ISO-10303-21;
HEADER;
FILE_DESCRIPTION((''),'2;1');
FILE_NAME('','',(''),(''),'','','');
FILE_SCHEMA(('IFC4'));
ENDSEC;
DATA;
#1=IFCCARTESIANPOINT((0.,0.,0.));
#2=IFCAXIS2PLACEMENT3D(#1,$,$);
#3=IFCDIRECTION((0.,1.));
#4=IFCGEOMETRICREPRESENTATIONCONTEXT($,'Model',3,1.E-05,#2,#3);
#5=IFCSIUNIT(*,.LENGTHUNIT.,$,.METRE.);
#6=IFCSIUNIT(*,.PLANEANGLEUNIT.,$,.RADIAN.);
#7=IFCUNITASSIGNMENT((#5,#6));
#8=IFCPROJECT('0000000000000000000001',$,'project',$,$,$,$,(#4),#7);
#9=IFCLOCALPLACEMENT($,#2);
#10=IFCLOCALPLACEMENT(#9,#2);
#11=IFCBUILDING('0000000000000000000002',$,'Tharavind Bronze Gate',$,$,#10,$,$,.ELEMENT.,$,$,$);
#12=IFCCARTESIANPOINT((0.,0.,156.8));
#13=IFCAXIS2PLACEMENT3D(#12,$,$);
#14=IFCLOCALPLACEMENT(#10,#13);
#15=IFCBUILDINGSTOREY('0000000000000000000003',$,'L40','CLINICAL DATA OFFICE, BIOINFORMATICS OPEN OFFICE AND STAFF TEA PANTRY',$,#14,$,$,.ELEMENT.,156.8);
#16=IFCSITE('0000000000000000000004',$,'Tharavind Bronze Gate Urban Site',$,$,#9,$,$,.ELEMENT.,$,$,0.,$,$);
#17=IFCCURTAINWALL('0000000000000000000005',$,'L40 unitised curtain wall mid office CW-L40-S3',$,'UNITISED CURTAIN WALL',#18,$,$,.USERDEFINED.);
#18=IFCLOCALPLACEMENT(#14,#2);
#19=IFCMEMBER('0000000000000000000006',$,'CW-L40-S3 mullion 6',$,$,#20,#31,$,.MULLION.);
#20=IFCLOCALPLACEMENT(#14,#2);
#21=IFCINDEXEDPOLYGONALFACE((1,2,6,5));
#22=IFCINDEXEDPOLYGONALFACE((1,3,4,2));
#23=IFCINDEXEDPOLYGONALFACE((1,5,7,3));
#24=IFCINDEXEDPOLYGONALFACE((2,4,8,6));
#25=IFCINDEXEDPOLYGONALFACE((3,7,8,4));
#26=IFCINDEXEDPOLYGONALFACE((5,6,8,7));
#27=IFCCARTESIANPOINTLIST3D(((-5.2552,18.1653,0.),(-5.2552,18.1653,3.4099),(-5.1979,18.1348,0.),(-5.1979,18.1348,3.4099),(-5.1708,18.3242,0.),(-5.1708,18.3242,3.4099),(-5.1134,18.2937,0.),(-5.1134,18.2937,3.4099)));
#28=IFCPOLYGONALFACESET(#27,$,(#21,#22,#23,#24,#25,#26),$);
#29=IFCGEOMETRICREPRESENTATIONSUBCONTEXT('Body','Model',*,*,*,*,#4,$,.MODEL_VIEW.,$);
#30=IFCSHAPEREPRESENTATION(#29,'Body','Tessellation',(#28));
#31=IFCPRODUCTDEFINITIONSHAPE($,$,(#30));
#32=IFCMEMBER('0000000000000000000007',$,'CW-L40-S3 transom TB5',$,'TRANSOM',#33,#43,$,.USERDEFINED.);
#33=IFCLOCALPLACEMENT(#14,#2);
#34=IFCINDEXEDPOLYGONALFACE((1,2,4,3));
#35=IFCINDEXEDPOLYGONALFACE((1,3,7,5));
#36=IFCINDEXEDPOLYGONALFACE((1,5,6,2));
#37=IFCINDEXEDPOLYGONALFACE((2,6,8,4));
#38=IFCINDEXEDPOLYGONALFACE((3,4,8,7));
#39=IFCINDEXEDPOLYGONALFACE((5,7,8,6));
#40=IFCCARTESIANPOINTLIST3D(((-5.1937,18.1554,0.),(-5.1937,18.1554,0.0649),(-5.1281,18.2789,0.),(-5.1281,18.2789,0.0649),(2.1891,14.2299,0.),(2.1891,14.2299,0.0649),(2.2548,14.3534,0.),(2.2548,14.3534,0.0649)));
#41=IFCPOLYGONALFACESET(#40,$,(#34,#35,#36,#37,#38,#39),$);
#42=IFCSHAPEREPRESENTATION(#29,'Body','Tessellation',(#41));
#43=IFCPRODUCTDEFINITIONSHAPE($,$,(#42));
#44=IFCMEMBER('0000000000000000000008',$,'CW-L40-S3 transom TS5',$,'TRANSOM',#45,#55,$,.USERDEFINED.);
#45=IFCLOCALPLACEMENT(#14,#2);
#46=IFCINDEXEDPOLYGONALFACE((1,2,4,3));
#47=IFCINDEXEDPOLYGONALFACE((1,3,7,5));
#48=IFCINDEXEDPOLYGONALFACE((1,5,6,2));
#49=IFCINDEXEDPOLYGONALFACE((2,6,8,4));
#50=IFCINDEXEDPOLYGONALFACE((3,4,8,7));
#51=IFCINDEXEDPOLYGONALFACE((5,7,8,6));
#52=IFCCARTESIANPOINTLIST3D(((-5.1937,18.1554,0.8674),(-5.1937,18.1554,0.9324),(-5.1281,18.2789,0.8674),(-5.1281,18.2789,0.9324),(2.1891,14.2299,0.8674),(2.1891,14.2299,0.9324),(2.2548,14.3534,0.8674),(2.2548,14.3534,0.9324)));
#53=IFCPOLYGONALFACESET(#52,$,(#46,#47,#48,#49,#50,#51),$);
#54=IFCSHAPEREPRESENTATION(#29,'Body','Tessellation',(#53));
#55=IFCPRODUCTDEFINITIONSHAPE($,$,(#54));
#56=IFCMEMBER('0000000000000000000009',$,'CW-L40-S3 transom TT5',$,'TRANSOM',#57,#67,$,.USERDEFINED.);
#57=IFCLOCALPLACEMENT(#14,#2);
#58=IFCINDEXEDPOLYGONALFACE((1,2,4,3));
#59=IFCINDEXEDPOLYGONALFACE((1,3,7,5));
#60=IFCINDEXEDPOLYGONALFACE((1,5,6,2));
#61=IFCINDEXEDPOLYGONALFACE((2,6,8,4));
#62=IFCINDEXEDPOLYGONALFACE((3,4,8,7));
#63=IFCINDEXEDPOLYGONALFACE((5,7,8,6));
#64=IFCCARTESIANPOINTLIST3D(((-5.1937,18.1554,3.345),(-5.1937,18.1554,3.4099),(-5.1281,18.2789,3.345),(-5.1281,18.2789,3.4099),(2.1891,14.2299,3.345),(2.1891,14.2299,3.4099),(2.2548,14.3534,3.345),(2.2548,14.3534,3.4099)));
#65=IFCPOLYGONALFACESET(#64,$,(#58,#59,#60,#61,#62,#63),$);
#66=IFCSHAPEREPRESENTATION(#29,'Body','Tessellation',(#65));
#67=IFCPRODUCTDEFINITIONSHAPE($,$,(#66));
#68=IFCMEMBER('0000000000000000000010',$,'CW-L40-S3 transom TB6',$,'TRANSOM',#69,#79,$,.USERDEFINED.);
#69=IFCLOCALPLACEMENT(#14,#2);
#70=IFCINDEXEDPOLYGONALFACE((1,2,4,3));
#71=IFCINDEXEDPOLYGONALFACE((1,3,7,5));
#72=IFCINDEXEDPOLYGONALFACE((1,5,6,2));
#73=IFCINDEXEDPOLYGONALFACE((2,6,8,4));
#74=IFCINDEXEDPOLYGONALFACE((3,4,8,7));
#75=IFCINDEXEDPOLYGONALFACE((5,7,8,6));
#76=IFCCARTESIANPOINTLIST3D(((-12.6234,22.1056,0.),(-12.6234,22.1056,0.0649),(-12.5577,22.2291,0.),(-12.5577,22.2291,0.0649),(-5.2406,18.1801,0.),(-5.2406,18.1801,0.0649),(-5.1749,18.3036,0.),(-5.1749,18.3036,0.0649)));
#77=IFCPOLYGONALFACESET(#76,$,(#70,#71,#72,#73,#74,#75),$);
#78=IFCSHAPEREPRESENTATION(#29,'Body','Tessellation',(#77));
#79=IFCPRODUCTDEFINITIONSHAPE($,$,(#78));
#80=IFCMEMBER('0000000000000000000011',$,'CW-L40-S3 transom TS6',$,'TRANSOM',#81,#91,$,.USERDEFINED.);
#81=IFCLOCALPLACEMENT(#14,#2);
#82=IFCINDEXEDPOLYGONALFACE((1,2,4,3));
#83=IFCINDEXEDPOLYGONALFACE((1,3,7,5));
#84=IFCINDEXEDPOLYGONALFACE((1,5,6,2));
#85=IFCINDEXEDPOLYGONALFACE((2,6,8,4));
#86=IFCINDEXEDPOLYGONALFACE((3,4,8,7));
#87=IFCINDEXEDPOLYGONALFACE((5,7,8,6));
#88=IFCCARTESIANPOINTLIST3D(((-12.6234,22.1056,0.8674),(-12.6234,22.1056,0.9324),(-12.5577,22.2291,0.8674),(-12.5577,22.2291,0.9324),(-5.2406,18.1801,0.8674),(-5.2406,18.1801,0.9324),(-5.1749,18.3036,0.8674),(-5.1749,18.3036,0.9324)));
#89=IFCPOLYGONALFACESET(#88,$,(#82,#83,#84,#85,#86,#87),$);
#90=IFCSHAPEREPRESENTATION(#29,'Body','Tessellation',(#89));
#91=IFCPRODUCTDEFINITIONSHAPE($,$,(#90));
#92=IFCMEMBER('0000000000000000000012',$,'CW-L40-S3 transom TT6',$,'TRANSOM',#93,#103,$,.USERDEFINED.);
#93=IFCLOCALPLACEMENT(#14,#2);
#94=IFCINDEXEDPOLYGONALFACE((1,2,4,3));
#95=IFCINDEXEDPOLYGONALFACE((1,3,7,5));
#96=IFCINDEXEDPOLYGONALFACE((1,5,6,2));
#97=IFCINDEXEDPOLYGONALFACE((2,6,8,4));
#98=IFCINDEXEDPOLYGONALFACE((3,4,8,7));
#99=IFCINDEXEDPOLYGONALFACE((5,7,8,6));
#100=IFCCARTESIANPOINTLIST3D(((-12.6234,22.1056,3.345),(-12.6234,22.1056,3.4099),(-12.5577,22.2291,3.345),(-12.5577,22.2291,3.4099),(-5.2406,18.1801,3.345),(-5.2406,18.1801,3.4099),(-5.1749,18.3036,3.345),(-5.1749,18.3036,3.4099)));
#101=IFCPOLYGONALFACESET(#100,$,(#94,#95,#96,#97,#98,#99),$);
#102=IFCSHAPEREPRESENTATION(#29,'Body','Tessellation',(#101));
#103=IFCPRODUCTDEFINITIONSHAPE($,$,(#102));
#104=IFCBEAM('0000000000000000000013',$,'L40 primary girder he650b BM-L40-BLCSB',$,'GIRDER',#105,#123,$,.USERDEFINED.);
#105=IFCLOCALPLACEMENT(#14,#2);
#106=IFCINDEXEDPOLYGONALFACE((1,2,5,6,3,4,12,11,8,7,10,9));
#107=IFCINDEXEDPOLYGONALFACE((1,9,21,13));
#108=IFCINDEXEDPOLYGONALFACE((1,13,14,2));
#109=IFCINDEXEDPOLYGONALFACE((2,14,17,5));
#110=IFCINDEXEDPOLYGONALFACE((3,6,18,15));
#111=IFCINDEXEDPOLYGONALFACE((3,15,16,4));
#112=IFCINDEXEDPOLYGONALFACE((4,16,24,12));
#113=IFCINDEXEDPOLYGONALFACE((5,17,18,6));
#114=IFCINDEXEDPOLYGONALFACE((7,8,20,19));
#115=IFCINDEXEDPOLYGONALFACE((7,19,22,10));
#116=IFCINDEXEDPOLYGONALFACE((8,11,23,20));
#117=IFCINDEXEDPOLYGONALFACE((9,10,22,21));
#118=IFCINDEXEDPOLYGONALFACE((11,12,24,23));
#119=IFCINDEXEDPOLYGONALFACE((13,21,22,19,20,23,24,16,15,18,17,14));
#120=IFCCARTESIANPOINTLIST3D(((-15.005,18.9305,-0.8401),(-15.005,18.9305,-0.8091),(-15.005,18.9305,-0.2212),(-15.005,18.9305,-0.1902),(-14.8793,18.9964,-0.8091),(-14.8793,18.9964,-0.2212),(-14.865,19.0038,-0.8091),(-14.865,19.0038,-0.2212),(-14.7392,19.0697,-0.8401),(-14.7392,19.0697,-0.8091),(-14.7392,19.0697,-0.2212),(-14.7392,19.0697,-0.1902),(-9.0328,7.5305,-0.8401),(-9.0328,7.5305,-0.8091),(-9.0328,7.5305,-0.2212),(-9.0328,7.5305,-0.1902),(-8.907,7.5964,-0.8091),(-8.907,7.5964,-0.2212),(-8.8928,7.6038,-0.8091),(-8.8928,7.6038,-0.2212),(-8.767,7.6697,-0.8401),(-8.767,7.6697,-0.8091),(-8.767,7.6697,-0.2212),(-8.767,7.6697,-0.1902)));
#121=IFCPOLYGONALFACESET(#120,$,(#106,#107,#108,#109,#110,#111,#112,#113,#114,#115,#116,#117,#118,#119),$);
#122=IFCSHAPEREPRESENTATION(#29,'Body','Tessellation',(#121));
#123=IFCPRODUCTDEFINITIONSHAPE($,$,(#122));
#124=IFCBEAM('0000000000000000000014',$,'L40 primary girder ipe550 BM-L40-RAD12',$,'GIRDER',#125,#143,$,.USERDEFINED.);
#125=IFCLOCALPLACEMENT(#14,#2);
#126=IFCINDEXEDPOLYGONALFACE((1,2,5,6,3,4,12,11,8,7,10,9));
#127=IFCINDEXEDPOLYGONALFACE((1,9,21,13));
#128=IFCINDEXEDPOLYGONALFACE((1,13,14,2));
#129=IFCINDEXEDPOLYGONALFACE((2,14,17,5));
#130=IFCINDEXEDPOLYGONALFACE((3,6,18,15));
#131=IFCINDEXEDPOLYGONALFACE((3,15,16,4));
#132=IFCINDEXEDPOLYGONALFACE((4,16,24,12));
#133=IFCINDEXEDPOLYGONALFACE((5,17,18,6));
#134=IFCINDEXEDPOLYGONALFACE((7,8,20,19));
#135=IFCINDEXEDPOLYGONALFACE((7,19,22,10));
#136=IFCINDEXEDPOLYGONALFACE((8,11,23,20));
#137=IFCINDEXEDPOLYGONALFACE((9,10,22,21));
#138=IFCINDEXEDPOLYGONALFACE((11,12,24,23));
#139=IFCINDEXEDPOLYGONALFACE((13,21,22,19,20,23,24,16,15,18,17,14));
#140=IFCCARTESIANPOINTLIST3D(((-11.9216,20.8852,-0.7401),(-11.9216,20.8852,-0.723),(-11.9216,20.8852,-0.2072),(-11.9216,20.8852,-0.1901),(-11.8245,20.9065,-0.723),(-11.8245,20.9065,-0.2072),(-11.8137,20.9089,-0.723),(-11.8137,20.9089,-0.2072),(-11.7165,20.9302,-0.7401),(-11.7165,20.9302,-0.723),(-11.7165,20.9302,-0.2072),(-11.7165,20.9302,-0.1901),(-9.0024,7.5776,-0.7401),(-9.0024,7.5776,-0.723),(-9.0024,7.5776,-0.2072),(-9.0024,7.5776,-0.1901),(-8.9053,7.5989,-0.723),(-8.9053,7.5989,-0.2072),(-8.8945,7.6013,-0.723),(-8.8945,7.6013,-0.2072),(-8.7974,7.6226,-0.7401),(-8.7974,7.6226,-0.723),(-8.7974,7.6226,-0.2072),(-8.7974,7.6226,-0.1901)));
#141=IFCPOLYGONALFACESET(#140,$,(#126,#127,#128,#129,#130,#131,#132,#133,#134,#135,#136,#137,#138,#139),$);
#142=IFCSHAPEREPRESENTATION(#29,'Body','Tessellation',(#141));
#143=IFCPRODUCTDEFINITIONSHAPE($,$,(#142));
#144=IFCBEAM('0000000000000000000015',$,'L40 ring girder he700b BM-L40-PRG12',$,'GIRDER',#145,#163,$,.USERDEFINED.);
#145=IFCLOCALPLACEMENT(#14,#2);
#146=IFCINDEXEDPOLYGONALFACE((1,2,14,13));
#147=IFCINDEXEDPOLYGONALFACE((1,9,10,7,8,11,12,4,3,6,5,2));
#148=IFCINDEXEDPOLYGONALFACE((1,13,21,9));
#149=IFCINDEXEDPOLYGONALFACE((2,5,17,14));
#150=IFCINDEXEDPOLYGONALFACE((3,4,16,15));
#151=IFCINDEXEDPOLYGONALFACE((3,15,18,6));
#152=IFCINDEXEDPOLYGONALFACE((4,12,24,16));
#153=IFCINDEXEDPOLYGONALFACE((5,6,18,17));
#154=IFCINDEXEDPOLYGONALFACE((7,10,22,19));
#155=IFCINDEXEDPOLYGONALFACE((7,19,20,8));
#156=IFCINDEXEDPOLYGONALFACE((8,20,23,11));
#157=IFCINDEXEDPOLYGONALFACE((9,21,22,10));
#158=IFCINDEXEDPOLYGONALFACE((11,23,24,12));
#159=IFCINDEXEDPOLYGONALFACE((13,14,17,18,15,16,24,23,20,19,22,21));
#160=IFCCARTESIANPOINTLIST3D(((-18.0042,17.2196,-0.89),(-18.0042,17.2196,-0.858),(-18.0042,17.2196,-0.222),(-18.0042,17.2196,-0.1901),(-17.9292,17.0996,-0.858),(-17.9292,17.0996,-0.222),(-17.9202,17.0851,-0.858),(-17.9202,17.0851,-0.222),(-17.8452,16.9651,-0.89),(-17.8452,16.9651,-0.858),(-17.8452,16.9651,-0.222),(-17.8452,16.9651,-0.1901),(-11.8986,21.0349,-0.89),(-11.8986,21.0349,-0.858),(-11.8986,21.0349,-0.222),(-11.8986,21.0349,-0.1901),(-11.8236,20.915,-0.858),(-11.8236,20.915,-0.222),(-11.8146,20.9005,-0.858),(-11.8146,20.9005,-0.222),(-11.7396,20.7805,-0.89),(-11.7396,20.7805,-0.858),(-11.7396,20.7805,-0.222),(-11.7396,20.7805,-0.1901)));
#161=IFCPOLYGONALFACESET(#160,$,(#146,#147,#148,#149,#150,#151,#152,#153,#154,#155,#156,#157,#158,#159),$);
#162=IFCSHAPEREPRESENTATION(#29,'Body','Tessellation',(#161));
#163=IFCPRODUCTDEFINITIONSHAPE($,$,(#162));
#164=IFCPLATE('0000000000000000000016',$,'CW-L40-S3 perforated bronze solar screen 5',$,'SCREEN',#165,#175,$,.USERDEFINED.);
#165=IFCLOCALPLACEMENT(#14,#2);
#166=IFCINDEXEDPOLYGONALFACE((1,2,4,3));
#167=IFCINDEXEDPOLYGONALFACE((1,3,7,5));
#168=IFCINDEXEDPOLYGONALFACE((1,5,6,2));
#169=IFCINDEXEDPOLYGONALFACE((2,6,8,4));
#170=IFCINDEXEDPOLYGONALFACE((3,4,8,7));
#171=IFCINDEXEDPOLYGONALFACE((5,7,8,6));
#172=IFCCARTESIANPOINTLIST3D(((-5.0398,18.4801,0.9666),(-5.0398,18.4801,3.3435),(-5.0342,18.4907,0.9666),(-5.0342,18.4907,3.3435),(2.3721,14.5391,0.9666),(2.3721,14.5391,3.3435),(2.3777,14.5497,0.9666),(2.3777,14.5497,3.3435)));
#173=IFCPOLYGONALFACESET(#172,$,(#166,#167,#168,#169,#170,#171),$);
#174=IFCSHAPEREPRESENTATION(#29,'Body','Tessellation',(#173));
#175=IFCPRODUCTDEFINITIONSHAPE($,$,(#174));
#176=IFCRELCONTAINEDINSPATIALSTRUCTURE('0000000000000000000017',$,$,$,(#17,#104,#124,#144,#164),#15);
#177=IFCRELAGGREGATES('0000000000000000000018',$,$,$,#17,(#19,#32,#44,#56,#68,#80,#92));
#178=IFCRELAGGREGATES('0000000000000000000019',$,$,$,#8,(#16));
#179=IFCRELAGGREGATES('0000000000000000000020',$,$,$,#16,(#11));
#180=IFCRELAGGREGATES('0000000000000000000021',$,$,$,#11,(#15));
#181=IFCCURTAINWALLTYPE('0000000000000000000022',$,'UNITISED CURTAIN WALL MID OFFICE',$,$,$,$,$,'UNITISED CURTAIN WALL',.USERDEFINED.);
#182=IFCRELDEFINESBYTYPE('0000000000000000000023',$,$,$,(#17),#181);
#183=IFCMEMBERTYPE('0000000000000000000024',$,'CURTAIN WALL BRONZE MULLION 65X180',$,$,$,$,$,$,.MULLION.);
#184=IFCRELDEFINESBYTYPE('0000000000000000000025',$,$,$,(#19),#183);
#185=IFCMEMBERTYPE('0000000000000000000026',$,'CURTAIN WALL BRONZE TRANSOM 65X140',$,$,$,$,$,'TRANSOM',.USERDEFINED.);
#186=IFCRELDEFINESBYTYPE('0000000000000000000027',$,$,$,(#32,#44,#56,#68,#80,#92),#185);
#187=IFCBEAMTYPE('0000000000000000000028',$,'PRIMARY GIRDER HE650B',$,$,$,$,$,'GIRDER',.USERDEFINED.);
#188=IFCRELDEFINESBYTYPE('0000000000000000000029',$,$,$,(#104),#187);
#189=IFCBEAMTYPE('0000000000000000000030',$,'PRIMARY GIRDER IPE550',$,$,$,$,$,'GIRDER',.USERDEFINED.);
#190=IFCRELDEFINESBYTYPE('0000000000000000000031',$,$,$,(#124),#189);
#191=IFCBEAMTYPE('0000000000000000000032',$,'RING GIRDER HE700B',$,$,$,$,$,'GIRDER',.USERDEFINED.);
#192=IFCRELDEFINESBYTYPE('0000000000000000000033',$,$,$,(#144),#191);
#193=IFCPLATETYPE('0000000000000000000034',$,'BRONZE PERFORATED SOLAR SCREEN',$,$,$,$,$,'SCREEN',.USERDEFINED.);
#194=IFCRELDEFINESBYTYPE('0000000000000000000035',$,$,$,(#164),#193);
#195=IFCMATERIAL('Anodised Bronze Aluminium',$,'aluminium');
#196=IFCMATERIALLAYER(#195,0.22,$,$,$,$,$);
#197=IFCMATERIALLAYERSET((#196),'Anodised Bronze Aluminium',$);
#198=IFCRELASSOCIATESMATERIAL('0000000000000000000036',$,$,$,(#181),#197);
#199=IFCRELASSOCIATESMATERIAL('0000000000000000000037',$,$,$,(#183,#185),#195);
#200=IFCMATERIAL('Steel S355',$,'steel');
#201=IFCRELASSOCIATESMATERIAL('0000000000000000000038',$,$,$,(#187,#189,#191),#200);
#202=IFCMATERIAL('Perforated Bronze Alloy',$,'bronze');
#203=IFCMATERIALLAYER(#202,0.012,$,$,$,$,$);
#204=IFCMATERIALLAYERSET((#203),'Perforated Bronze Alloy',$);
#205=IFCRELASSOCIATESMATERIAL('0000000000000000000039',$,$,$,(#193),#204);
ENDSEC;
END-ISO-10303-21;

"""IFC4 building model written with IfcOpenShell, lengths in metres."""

from ifc_helpers import new_model, si_unit, direction, frame, origin, origin_2d, place, context, subcontext, project, spatial, rectangle, i_section, extrude, material, layer, layer_set, material_profile, profile_set, type_object, element, aggregate, save


model = new_model("IFC4")

# Units and contexts
model_context = context("Model", 3, precision=1e-05, world=origin(), true_north=direction((0.0, 1.0)))
body_context = subcontext(model_context, "Body", "Model", "MODEL_VIEW")
ifc_project = project(units=[si_unit("LENGTHUNIT", "METRE"), si_unit("PLANEANGLEUNIT", "RADIAN")], contexts=[model_context])

# Site, building, storey
site_placement = place(None, origin())
site = spatial("IfcSite", under=ifc_project, at=site_placement, Name="Tharavind Bronze Gate Urban Site", CompositionType="ELEMENT", RefElevation=0.0)
building_placement = place(site_placement, origin())
building = spatial("IfcBuilding", under=site, at=building_placement, Name="Tharavind Bronze Gate", CompositionType="ELEMENT")
storey_placement = place(building_placement, frame((0.0, 0.0, 156.8)))
storey = spatial("IfcBuildingStorey", under=building, at=storey_placement, Name="L40", Description="CLINICAL DATA OFFICE, BIOINFORMATICS OPEN OFFICE AND STAFF TEA PANTRY", CompositionType="ELEMENT", Elevation=156.8)

# Curtain wall, members
ifc_material_1 = material(Name="Anodised Bronze Aluminium", Category="aluminium")
ifc_layer_1 = layer(ifc_material_1, 0.22)
ifc_layer_set_1 = layer_set([ifc_layer_1], Name="Anodised Bronze Aluminium")
curtain_wall_type = type_object("IfcCurtainWallType", Name="UNITISED CURTAIN WALL MID OFFICE", ElementType="UNITISED CURTAIN WALL", PredefinedType="USERDEFINED", material=ifc_layer_set_1)
curtain_wall_placement = place(storey_placement, origin())
curtain_wall = element("IfcCurtainWall", 1, at=curtain_wall_placement, inside=storey, type_object=curtain_wall_type, Name="L40 unitised curtain wall mid office CW-L40-S3", ObjectType="UNITISED CURTAIN WALL", PredefinedType="USERDEFINED")
member_type_1 = type_object("IfcMemberType", Name="CURTAIN WALL BRONZE MULLION 65X180", PredefinedType="MULLION", material=ifc_material_1)
member_1_placement = place(storey_placement, frame((-5.1843, 18.2295, 0.0), z_axis=(0.0, 0.0, 1.0), x_axis=(-0.882948, 0.469472, 0.0)))
member_1 = element("IfcMember", 2, at=member_1_placement, type_object=member_type_1, Name="CW-L40-S3 mullion 6", PredefinedType="MULLION", context=body_context, shape_type="SweptSolid", body=[
    extrude(rectangle(XDim=0.0649, YDim=0.1799, at=origin_2d()), origin(), (0.0, 0.0, 1.0), 3.4099),
])
member_type_2 = type_object("IfcMemberType", Name="CURTAIN WALL BRONZE TRANSOM 65X140", ElementType="TRANSOM", PredefinedType="USERDEFINED", material=ifc_material_1)
member_2_placement = place(storey_placement, frame((-1.4695, 16.2544, 0.0), z_axis=(0.0, 0.0, 1.0), x_axis=(-0.882948, 0.469472, 0.0)))
member_2 = element("IfcMember", 3, at=member_2_placement, type_object=member_type_2, Name="CW-L40-S3 transom TB5", ObjectType="TRANSOM", PredefinedType="USERDEFINED", context=body_context, shape_type="SweptSolid", body=[
    extrude(rectangle(XDim=8.3616, YDim=0.1399, at=origin_2d()), origin(), (0.0, 0.0, 1.0), 0.0649),
])
member_3_placement = place(storey_placement, frame((-1.4695, 16.2544, 0.8674), z_axis=(0.0, 0.0, 1.0), x_axis=(-0.882948, 0.469472, 0.0)))
member_3 = element("IfcMember", 4, at=member_3_placement, type_object=member_type_2, Name="CW-L40-S3 transom TS5", ObjectType="TRANSOM", PredefinedType="USERDEFINED", context=body_context, shape_type="SweptSolid", body=[
    extrude(rectangle(XDim=8.3616, YDim=0.1399, at=origin_2d()), origin(), (0.0, 0.0, 1.0), 0.0649),
])
member_4_placement = place(storey_placement, frame((-1.4695, 16.2544, 3.345), z_axis=(0.0, 0.0, 1.0), x_axis=(-0.882948, 0.469472, 0.0)))
member_4 = element("IfcMember", 5, at=member_4_placement, type_object=member_type_2, Name="CW-L40-S3 transom TT5", ObjectType="TRANSOM", PredefinedType="USERDEFINED", context=body_context, shape_type="SweptSolid", body=[
    extrude(rectangle(XDim=8.3616, YDim=0.1399, at=origin_2d()), origin(), (0.0, 0.0, 1.0), 0.0649),
])
member_5_placement = place(storey_placement, frame((-8.8992, 20.2046, 0.0), z_axis=(0.0, 0.0, 1.0), x_axis=(-0.882948, 0.469472, 0.0)))
member_5 = element("IfcMember", 6, at=member_5_placement, type_object=member_type_2, Name="CW-L40-S3 transom TB6", ObjectType="TRANSOM", PredefinedType="USERDEFINED", context=body_context, shape_type="SweptSolid", body=[
    extrude(rectangle(XDim=8.3616, YDim=0.1399, at=origin_2d()), origin(), (0.0, 0.0, 1.0), 0.0649),
])
member_6_placement = place(storey_placement, frame((-8.8992, 20.2046, 0.8674), z_axis=(0.0, 0.0, 1.0), x_axis=(-0.882948, 0.469472, 0.0)))
member_6 = element("IfcMember", 7, at=member_6_placement, type_object=member_type_2, Name="CW-L40-S3 transom TS6", ObjectType="TRANSOM", PredefinedType="USERDEFINED", context=body_context, shape_type="SweptSolid", body=[
    extrude(rectangle(XDim=8.3616, YDim=0.1399, at=origin_2d()), origin(), (0.0, 0.0, 1.0), 0.0649),
])
member_7_placement = place(storey_placement, frame((-8.8992, 20.2046, 3.345), z_axis=(0.0, 0.0, 1.0), x_axis=(-0.882948, 0.469472, 0.0)))
member_7 = element("IfcMember", 8, at=member_7_placement, type_object=member_type_2, Name="CW-L40-S3 transom TT6", ObjectType="TRANSOM", PredefinedType="USERDEFINED", context=body_context, shape_type="SweptSolid", body=[
    extrude(rectangle(XDim=8.3616, YDim=0.1399, at=origin_2d()), origin(), (0.0, 0.0, 1.0), 0.0649),
])

# Beams
ifc_material_2 = material(Name="Steel S355", Category="steel")
ifc_material_profile_1 = material_profile(ifc_material_2, i_section(OverallWidth=0.3, OverallDepth=0.6499, WebThickness=0.0161, FlangeThickness=0.031, at=origin_2d()), Name="HE650B")
ifc_profile_set_1 = profile_set([ifc_material_profile_1], Name="Steel S355")
beam_type_1 = type_object("IfcBeamType", Name="PRIMARY GIRDER HE650B", ElementType="GIRDER", PredefinedType="USERDEFINED", material=ifc_profile_set_1)
beam_1_placement = place(storey_placement, frame((-8.8999, 7.6001, -0.5151), z_axis=(-0.464055, 0.885806, 0.0), x_axis=(-0.885806, -0.464055, 0.0)))
element("IfcBeam", 9, at=beam_1_placement, inside=storey, type_object=beam_type_1, Name="L40 primary girder he650b BM-L40-BLCSB", ObjectType="GIRDER", PredefinedType="USERDEFINED", context=body_context, shape_type="SweptSolid", body=[
    extrude(i_section(OverallWidth=0.3, OverallDepth=0.6499, WebThickness=0.0161, FlangeThickness=0.031, at=origin_2d()), origin(), (0.0, 0.0, 1.0), 12.8696),
])
ifc_material_profile_2 = material_profile(ifc_material_2, i_section(OverallWidth=0.21, OverallDepth=0.55, WebThickness=0.011, FlangeThickness=0.0171, at=origin_2d()), Name="IPE550")
ifc_profile_set_2 = profile_set([ifc_material_profile_2], Name="Steel S355")
beam_type_2 = type_object("IfcBeamType", Name="PRIMARY GIRDER IPE550", ElementType="GIRDER", PredefinedType="USERDEFINED", material=ifc_profile_set_2)
beam_2_placement = place(storey_placement, frame((-11.8191, 20.9077, -0.4651), z_axis=(0.214268, -0.976775, 0.0), x_axis=(0.976775, 0.214268, 0.0)))
element("IfcBeam", 10, at=beam_2_placement, inside=storey, type_object=beam_type_2, Name="L40 primary girder ipe550 BM-L40-RAD12", ObjectType="GIRDER", PredefinedType="USERDEFINED", context=body_context, shape_type="SweptSolid", body=[
    extrude(i_section(OverallWidth=0.21, OverallDepth=0.55, WebThickness=0.011, FlangeThickness=0.0171, at=origin_2d()), origin(), (0.0, 0.0, 1.0), 13.624),
])
ifc_material_profile_3 = material_profile(ifc_material_2, i_section(OverallWidth=0.3, OverallDepth=0.7, WebThickness=0.0171, FlangeThickness=0.032, at=origin_2d()), Name="HE700B")
ifc_profile_set_3 = profile_set([ifc_material_profile_3], Name="Steel S355")
beam_type_3 = type_object("IfcBeamType", Name="RING GIRDER HE700B", ElementType="GIRDER", PredefinedType="USERDEFINED", material=ifc_profile_set_3)
beam_3_placement = place(storey_placement, frame((-11.8191, 20.9077, -0.54), z_axis=(-0.848038, -0.529935, 0.0), x_axis=(0.529935, -0.848038, 0.0)))
element("IfcBeam", 11, at=beam_3_placement, inside=storey, type_object=beam_type_3, Name="L40 ring girder he700b BM-L40-PRG12", ObjectType="GIRDER", PredefinedType="USERDEFINED", context=body_context, shape_type="SweptSolid", body=[
    extrude(i_section(OverallWidth=0.3, OverallDepth=0.7, WebThickness=0.0171, FlangeThickness=0.032, at=origin_2d()), origin(), (0.0, 0.0, 1.0), 7.1997),
])

# Plate
ifc_material_3 = material(Name="Perforated Bronze Alloy", Category="bronze")
ifc_layer_2 = layer(ifc_material_3, 0.012)
ifc_layer_set_2 = layer_set([ifc_layer_2], Name="Perforated Bronze Alloy")
plate_type_1 = type_object("IfcPlateType", Name="BRONZE PERFORATED SOLAR SCREEN", ElementType="SCREEN", PredefinedType="USERDEFINED", material=ifc_layer_set_2)
plate_1_placement = place(storey_placement, frame((-1.3311, 16.5149, 0.9666), z_axis=(0.0, 0.0, 1.0), x_axis=(-0.882948, 0.469472, 0.0)))
element("IfcPlate", 12, at=plate_1_placement, inside=storey, type_object=plate_type_1, Name="CW-L40-S3 perforated bronze solar screen 5", ObjectType="SCREEN", PredefinedType="USERDEFINED", context=body_context, shape_type="SweptSolid", body=[
    extrude(rectangle(XDim=8.3945, YDim=0.012, at=origin_2d()), origin(), (0.0, 0.0, 1.0), 2.377),
])
aggregate(curtain_wall, [member_1, member_2, member_3, member_4, member_5, member_6, member_7])

save(model, "model.ifc")
